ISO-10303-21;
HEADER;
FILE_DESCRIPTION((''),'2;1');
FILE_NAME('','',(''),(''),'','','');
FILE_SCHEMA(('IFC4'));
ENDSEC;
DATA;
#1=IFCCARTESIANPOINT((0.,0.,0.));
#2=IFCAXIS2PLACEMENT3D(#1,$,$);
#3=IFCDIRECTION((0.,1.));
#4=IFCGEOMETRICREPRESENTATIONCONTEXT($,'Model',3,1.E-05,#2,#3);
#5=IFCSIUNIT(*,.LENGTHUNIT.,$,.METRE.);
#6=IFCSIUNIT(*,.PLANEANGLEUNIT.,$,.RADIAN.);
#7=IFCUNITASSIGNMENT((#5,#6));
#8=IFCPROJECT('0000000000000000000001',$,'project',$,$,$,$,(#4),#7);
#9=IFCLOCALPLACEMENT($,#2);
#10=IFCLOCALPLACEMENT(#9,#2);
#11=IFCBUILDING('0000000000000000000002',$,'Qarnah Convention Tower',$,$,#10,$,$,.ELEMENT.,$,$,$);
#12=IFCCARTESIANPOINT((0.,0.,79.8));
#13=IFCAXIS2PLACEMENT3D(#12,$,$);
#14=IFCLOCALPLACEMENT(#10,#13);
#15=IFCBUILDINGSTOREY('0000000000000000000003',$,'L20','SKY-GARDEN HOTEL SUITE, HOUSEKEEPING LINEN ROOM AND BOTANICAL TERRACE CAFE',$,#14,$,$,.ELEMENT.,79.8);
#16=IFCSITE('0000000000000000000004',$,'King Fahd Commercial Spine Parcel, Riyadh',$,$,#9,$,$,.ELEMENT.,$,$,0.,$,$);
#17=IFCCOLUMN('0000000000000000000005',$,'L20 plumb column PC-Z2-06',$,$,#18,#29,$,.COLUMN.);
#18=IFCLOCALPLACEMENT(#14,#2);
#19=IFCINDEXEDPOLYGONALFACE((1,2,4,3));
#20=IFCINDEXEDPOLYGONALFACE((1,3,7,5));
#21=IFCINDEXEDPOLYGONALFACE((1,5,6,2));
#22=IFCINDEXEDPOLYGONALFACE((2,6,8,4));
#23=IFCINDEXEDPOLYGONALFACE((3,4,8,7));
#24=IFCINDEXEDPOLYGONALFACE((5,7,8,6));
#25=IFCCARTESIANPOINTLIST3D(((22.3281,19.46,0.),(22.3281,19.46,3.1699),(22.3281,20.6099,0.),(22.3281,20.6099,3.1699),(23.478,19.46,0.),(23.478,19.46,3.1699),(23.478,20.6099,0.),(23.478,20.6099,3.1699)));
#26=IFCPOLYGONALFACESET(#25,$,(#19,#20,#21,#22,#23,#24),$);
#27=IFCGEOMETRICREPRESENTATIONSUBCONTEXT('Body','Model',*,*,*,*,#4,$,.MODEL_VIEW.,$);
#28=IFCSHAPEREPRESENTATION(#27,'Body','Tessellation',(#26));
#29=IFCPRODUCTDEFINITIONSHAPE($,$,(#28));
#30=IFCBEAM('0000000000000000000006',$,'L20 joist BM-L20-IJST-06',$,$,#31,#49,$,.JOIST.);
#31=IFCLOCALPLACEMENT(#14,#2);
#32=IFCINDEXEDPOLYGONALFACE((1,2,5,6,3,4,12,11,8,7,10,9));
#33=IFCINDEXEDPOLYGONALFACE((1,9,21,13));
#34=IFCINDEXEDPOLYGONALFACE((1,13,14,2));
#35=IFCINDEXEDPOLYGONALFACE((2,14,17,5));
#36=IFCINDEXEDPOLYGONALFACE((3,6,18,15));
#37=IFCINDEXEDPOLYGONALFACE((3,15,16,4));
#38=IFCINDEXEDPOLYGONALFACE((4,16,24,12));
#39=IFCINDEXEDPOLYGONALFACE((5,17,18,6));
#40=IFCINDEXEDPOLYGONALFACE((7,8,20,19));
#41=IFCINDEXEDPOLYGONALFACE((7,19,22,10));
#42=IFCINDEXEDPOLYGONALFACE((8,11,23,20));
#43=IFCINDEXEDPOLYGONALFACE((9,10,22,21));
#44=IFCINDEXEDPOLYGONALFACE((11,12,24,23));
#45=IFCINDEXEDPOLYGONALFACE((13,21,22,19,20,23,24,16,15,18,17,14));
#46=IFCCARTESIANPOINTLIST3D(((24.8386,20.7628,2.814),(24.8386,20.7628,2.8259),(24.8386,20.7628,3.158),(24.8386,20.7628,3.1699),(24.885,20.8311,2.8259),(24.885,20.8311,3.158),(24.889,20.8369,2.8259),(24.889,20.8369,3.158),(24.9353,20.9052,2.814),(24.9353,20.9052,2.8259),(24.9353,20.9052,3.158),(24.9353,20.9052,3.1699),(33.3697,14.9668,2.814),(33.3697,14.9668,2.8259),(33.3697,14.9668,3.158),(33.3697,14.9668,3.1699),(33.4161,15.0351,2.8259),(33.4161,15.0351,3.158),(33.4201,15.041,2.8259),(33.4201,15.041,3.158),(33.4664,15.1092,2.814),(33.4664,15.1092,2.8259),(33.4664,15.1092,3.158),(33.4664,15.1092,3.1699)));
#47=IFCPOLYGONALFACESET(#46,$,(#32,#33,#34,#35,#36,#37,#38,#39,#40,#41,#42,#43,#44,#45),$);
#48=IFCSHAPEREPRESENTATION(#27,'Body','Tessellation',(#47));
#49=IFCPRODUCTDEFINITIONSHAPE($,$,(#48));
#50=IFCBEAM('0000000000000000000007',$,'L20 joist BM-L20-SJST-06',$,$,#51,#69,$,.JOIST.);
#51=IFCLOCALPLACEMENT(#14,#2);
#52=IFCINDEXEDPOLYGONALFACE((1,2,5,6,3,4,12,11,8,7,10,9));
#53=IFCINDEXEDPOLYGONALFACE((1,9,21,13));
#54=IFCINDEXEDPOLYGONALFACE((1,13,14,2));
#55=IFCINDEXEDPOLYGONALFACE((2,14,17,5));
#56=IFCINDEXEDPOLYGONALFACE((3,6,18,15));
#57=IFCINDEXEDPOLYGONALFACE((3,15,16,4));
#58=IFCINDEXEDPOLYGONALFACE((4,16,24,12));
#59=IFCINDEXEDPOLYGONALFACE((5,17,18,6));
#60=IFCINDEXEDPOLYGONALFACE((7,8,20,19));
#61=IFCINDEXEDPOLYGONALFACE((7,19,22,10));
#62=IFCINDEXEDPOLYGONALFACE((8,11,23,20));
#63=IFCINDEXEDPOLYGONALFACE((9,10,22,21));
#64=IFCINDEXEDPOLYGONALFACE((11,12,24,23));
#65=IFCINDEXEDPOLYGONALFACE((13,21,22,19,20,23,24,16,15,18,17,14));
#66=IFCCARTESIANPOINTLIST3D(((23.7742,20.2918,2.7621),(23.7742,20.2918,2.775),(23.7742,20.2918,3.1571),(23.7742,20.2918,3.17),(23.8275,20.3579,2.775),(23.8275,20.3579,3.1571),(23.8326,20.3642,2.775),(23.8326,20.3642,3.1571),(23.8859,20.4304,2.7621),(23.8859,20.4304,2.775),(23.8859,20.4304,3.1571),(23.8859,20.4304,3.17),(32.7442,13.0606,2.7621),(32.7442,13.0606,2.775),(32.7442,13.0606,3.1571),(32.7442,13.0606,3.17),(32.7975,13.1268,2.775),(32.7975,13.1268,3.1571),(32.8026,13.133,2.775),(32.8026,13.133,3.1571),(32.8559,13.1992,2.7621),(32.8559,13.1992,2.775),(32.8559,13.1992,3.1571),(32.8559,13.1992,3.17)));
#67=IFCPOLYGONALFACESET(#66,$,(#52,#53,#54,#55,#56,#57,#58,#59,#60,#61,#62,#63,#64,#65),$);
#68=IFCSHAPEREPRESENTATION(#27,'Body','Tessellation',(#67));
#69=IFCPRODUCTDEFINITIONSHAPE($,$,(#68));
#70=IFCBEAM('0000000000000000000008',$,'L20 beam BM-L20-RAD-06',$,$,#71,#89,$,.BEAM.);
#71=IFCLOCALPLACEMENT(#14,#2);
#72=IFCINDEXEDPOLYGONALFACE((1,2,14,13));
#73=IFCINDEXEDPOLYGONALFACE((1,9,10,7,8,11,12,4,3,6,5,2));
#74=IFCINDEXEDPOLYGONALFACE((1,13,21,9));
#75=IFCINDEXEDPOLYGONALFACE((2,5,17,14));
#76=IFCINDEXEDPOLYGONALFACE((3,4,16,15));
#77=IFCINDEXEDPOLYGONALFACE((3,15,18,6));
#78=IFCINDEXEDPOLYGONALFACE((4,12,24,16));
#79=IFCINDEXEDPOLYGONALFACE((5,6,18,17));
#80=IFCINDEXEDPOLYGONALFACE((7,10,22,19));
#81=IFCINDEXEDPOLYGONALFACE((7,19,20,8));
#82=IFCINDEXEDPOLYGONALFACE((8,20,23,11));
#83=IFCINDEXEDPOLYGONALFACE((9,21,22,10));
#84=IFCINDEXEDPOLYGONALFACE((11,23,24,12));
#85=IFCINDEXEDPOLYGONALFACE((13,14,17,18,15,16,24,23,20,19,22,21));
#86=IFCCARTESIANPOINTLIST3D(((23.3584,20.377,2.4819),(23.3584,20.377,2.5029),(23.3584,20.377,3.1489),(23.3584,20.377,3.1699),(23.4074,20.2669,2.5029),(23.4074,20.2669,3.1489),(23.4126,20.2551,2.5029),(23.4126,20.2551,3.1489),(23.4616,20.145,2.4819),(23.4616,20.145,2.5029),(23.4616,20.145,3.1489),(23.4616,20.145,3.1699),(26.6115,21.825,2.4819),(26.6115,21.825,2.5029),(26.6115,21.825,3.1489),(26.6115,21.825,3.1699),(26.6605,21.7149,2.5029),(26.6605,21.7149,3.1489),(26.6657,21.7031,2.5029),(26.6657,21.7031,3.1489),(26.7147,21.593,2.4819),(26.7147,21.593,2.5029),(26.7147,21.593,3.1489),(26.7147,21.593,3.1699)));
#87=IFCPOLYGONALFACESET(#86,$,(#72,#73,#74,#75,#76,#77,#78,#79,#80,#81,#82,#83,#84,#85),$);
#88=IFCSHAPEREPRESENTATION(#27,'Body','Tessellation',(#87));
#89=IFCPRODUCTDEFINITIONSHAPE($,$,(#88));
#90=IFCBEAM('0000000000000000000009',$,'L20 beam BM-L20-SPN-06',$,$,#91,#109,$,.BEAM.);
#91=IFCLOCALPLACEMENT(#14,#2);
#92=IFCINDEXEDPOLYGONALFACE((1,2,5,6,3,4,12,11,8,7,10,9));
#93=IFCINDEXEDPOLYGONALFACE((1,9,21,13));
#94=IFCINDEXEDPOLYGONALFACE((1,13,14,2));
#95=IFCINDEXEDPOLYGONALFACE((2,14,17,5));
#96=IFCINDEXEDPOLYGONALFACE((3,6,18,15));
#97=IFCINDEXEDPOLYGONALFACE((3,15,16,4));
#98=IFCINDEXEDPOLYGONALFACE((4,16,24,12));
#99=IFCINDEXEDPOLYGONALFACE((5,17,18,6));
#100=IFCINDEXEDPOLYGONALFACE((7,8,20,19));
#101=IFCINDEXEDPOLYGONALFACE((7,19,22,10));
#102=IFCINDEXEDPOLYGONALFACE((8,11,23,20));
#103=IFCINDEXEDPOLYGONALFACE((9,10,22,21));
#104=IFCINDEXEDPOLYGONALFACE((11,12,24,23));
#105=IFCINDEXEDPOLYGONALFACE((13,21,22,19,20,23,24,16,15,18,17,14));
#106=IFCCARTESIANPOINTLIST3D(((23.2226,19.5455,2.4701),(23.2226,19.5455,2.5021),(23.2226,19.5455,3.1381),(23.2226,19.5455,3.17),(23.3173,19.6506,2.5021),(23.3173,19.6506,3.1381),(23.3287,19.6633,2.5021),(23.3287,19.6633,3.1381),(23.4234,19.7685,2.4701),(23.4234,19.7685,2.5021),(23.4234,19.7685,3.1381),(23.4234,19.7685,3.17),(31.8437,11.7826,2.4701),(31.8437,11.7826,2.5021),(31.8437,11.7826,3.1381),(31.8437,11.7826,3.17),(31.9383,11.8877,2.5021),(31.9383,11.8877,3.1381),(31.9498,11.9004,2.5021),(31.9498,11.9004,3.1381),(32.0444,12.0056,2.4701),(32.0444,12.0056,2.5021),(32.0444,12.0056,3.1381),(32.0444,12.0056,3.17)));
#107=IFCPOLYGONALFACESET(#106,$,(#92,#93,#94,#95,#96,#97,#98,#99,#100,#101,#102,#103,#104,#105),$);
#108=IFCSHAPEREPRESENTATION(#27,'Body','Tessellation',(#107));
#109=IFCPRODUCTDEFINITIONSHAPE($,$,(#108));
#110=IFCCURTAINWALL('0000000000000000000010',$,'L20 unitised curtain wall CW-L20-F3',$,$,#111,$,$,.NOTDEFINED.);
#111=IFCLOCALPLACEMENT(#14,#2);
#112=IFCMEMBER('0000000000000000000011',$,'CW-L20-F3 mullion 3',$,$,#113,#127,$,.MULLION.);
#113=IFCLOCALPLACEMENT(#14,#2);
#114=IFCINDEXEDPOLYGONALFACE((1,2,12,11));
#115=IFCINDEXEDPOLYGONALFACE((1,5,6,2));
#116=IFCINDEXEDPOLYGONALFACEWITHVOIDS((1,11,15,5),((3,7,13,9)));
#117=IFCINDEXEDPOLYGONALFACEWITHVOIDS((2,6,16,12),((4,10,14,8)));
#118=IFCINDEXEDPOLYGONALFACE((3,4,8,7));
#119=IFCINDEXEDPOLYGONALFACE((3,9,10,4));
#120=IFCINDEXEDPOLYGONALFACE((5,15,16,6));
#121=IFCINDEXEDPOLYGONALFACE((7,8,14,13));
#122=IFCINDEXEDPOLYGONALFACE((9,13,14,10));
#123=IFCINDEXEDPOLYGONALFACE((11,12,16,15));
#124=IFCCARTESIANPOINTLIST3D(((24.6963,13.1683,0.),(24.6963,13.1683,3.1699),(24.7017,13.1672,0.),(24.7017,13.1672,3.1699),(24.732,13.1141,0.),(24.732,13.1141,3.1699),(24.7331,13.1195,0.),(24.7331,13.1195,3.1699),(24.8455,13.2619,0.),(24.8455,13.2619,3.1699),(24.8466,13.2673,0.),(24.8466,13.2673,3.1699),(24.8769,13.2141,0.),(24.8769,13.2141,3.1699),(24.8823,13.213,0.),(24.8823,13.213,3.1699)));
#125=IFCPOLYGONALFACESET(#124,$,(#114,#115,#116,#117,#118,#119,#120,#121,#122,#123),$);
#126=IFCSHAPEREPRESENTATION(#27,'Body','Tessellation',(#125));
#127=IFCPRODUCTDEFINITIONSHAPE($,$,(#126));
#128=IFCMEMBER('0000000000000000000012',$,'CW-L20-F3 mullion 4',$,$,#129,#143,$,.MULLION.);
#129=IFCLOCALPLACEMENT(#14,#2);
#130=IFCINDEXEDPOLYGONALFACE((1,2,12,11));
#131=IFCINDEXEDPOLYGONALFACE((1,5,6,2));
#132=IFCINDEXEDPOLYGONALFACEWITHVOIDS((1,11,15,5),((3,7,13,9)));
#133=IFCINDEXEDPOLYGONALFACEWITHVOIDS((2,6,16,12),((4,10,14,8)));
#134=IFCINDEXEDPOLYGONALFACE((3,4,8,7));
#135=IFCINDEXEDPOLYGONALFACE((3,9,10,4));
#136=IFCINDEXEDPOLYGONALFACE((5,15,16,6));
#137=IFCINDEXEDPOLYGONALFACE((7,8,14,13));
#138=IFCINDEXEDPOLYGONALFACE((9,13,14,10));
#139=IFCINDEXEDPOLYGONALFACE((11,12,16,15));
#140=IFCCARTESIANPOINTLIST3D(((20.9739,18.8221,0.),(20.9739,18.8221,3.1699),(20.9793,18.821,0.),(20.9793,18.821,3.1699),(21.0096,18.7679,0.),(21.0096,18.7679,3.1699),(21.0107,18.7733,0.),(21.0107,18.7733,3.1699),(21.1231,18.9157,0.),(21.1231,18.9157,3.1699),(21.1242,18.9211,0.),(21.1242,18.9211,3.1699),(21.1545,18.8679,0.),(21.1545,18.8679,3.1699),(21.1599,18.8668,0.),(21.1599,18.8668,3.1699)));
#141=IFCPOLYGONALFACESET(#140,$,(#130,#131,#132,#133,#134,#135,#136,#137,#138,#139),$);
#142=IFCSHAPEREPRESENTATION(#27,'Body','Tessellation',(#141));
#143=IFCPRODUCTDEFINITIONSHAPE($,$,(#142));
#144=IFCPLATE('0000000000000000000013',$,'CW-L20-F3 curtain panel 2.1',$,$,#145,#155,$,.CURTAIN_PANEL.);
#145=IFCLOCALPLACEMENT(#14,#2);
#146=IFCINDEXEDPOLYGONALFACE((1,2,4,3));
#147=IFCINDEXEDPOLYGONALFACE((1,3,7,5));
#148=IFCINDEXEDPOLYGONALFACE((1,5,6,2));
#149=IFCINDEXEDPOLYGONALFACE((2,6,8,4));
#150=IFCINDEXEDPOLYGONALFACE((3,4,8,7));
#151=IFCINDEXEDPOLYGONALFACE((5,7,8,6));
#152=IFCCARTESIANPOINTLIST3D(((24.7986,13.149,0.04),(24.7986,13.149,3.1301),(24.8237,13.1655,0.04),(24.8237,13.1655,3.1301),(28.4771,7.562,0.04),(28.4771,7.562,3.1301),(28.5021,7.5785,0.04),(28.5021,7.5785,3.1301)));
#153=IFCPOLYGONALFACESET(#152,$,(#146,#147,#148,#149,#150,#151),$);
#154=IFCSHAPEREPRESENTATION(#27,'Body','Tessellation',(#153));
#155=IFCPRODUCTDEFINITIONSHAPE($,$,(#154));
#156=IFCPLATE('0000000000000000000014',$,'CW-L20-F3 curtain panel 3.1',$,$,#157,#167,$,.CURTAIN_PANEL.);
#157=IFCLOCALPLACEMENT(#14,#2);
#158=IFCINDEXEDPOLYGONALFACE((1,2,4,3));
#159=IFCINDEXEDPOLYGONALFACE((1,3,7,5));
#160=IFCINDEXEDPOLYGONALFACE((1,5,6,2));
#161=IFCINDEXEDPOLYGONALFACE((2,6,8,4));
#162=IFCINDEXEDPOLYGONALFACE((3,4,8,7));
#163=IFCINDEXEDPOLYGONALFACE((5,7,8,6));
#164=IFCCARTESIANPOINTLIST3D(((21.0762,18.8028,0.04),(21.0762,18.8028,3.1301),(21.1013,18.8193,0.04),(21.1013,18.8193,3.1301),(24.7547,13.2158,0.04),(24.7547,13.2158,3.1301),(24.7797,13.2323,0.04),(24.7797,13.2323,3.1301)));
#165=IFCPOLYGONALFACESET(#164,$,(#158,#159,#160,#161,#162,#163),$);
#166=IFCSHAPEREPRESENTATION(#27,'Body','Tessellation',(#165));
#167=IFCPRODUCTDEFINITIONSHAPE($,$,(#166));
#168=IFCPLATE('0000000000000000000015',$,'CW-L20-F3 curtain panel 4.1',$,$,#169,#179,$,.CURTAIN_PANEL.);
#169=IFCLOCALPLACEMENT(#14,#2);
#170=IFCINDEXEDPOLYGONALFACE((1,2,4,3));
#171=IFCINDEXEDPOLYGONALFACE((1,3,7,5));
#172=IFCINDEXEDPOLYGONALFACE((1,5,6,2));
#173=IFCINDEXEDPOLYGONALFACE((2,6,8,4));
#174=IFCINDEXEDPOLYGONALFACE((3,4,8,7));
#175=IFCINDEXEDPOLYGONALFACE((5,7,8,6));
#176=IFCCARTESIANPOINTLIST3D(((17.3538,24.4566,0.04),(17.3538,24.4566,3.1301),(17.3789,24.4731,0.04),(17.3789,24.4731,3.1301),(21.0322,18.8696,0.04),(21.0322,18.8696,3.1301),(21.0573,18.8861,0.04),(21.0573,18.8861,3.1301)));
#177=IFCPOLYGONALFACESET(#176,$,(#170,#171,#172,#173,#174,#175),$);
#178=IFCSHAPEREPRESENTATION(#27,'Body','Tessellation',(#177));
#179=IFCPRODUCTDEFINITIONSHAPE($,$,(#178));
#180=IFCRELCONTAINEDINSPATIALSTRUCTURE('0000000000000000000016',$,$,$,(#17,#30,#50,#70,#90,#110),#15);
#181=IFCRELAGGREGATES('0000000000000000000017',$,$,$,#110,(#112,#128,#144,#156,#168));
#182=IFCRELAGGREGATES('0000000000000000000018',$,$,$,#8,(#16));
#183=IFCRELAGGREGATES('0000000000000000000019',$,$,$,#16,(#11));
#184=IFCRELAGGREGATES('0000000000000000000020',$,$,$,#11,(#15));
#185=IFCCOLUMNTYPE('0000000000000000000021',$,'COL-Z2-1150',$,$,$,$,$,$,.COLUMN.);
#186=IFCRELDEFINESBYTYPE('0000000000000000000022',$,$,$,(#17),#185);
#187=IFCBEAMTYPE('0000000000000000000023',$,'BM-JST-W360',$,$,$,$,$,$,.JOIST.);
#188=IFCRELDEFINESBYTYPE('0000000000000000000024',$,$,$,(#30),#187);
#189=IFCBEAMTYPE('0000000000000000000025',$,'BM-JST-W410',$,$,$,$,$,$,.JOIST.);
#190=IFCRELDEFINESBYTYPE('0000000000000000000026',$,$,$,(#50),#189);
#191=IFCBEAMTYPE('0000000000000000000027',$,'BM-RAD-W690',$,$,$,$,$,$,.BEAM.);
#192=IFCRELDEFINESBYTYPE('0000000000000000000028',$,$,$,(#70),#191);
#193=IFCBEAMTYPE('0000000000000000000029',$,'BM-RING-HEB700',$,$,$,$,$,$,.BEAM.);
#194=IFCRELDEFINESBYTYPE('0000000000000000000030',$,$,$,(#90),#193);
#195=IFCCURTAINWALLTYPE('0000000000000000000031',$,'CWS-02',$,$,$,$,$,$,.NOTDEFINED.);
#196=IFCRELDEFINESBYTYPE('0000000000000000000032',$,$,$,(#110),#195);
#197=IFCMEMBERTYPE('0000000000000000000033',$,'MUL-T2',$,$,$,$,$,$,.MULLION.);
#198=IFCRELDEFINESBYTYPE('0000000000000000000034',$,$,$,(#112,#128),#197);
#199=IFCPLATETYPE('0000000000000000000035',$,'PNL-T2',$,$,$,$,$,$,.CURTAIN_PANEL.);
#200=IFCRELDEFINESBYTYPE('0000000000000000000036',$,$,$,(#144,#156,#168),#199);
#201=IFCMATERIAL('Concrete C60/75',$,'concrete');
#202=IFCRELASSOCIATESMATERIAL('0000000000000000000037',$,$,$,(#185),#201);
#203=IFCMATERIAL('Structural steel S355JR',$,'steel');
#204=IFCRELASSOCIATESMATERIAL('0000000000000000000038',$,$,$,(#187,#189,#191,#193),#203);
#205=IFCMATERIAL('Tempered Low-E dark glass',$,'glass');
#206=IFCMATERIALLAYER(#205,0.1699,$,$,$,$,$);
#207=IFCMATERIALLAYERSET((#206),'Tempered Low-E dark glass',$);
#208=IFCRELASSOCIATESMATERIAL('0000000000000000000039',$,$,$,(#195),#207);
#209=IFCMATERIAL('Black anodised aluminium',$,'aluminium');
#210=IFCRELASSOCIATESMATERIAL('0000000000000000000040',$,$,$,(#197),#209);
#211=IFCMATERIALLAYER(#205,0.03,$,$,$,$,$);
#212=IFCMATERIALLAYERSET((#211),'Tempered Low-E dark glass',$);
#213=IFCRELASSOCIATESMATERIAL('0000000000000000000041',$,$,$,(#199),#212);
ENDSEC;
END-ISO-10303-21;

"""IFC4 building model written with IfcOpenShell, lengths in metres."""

from ifc_helpers import new_model, si_unit, direction, frame, origin, origin_2d, place, context, subcontext, project, spatial, rectangle, hollow_rectangle, i_section, extrude, material, layer, layer_set, material_profile, profile_set, type_object, element, aggregate, save


model = new_model("IFC4")

# Units and contexts
model_context = context("Model", 3, precision=1e-05, world=origin(), true_north=direction((0.0, 1.0)))
body_context = subcontext(model_context, "Body", "Model", "MODEL_VIEW")
ifc_project = project(units=[si_unit("LENGTHUNIT", "METRE"), si_unit("PLANEANGLEUNIT", "RADIAN")], contexts=[model_context])

# Site, building, storey
site_placement = place(None, origin())
site = spatial("IfcSite", under=ifc_project, at=site_placement, Name="King Fahd Commercial Spine Parcel, Riyadh", CompositionType="ELEMENT", RefElevation=0.0)
building_placement = place(site_placement, origin())
building = spatial("IfcBuilding", under=site, at=building_placement, Name="Qarnah Convention Tower", CompositionType="ELEMENT")
storey_placement = place(building_placement, frame((0.0, 0.0, 79.8)))
storey = spatial("IfcBuildingStorey", under=building, at=storey_placement, Name="L20", Description="SKY-GARDEN HOTEL SUITE, HOUSEKEEPING LINEN ROOM AND BOTANICAL TERRACE CAFE", CompositionType="ELEMENT", Elevation=79.8)

# Column
ifc_material_1 = material(Name="Concrete C60/75", Category="concrete")
ifc_material_profile_1 = material_profile(ifc_material_1, rectangle(XDim=1.1499, YDim=1.1499, at=origin_2d()), Name="RC-COL-1150X1150")
ifc_profile_set_1 = profile_set([ifc_material_profile_1], Name="Concrete C60/75")
column_type = type_object("IfcColumnType", Name="COL-Z2-1150", PredefinedType="COLUMN", material=ifc_profile_set_1)
column_placement = place(storey_placement, frame((22.9031, 20.0349, 0.0), z_axis=(0.0, 0.0, 1.0), x_axis=(1.0, 0.0, 0.0)))
element("IfcColumn", 1, at=column_placement, inside=storey, type_object=column_type, Name="L20 plumb column PC-Z2-06", PredefinedType="COLUMN", context=body_context, shape_type="SweptSolid", body=[
    extrude(rectangle(XDim=1.1499, YDim=1.1499, at=origin_2d()), origin(), (0.0, 0.0, 1.0), 3.1699),
])

# Beams
ifc_material_2 = material(Name="Structural steel S355JR", Category="steel")
ifc_material_profile_2 = material_profile(ifc_material_2, i_section(OverallWidth=0.1721, OverallDepth=0.356, WebThickness=0.0071, FlangeThickness=0.012, at=origin_2d()), Name="W360X51")
ifc_profile_set_2 = profile_set([ifc_material_profile_2], Name="Structural steel S355JR")
beam_type_1 = type_object("IfcBeamType", Name="BM-JST-W360", PredefinedType="JOIST", material=ifc_profile_set_2)
beam_1_placement = place(storey_placement, frame((24.887, 20.834, 2.9919), z_axis=(0.82716, -0.561966, 0.0), x_axis=(0.561966, 0.82716, 0.0)))
element("IfcBeam", 2, at=beam_1_placement, inside=storey, type_object=beam_type_1, Name="L20 joist BM-L20-IJST-06", PredefinedType="JOIST", context=body_context, shape_type="SweptSolid", body=[
    extrude(i_section(OverallWidth=0.1721, OverallDepth=0.356, WebThickness=0.0071, FlangeThickness=0.012, at=origin_2d()), origin(), (0.0, 0.0, 1.0), 10.3137),
])
ifc_material_profile_3 = material_profile(ifc_material_2, i_section(OverallWidth=0.178, OverallDepth=0.408, WebThickness=0.0081, FlangeThickness=0.0129, at=origin_2d()), Name="W410X60")
ifc_profile_set_3 = profile_set([ifc_material_profile_3], Name="Structural steel S355JR")
beam_type_2 = type_object("IfcBeamType", Name="BM-JST-W410", PredefinedType="JOIST", material=ifc_profile_set_3)
beam_2_placement = place(storey_placement, frame((23.8301, 20.3611, 2.9661), z_axis=(0.778525, -0.627613, 0.0), x_axis=(0.627613, 0.778525, 0.0)))
element("IfcBeam", 3, at=beam_2_placement, inside=storey, type_object=beam_type_2, Name="L20 joist BM-L20-SJST-06", PredefinedType="JOIST", context=body_context, shape_type="SweptSolid", body=[
    extrude(i_section(OverallWidth=0.178, OverallDepth=0.408, WebThickness=0.0081, FlangeThickness=0.0129, at=origin_2d()), origin(), (0.0, 0.0, 1.0), 11.5217),
])
ifc_material_profile_4 = material_profile(ifc_material_2, i_section(OverallWidth=0.2539, OverallDepth=0.688, WebThickness=0.0129, FlangeThickness=0.021, at=origin_2d()), Name="W690X152")
ifc_profile_set_4 = profile_set([ifc_material_profile_4], Name="Structural steel S355JR")
beam_type_3 = type_object("IfcBeamType", Name="BM-RAD-W690", PredefinedType="BEAM", material=ifc_profile_set_4)
beam_3_placement = place(storey_placement, frame((26.6631, 21.709, 2.8259), z_axis=(-0.913588, -0.406641, 0.0), x_axis=(0.406641, -0.913588, 0.0)))
element("IfcBeam", 4, at=beam_3_placement, inside=storey, type_object=beam_type_3, Name="L20 beam BM-L20-RAD-06", PredefinedType="BEAM", context=body_context, shape_type="SweptSolid", body=[
    extrude(i_section(OverallWidth=0.2539, OverallDepth=0.688, WebThickness=0.0129, FlangeThickness=0.021, at=origin_2d()), origin(), (0.0, 0.0, 1.0), 3.5608),
])
ifc_material_profile_5 = material_profile(ifc_material_2, i_section(OverallWidth=0.3, OverallDepth=0.7, WebThickness=0.0171, FlangeThickness=0.032, at=origin_2d()), Name="HEB700")
ifc_profile_set_5 = profile_set([ifc_material_profile_5], Name="Structural steel S355JR")
beam_type_4 = type_object("IfcBeamType", Name="BM-RING-HEB700", PredefinedType="BEAM", material=ifc_profile_set_5)
beam_4_placement = place(storey_placement, frame((23.323, 19.657, 2.8201), z_axis=(0.743125, -0.669153, 0.0), x_axis=(0.669153, 0.743125, 0.0)))
element("IfcBeam", 5, at=beam_4_placement, inside=storey, type_object=beam_type_4, Name="L20 beam BM-L20-SPN-06", PredefinedType="BEAM", context=body_context, shape_type="SweptSolid", body=[
    extrude(i_section(OverallWidth=0.3, OverallDepth=0.7, WebThickness=0.0171, FlangeThickness=0.032, at=origin_2d()), origin(), (0.0, 0.0, 1.0), 11.6011),
])

# Curtain wall, members, plates
ifc_material_3 = material(Name="Tempered Low-E dark glass", Category="glass")
ifc_layer_1 = layer(ifc_material_3, 0.1699)
ifc_layer_set_1 = layer_set([ifc_layer_1], Name="Tempered Low-E dark glass")
curtain_wall_type = type_object("IfcCurtainWallType", Name="CWS-02", PredefinedType="NOTDEFINED", material=ifc_layer_set_1)
curtain_wall_placement = place(storey_placement, origin())
curtain_wall = element("IfcCurtainWall", 6, at=curtain_wall_placement, inside=storey, type_object=curtain_wall_type, Name="L20 unitised curtain wall CW-L20-F3", PredefinedType="NOTDEFINED")
ifc_material_4 = material(Name="Black anodised aluminium", Category="aluminium")
ifc_material_profile_6 = material_profile(ifc_material_4, hollow_rectangle(XDim=0.0649, YDim=0.1799, WallThickness=0.0039, at=origin_2d()), Name="MUL-65X180")
ifc_profile_set_6 = profile_set([ifc_material_profile_6], Name="Black anodised aluminium")
member_type = type_object("IfcMemberType", Name="MUL-T2", PredefinedType="MULLION", material=ifc_profile_set_6)
member_1_placement = place(storey_placement, frame((24.7893, 13.1907, 0.0), z_axis=(0.0, 0.0, 1.0), x_axis=(-0.549905, 0.835227, 0.0)))
member_1 = element("IfcMember", 7, at=member_1_placement, type_object=member_type, Name="CW-L20-F3 mullion 3", PredefinedType="MULLION", context=body_context, shape_type="SweptSolid", body=[
    extrude(hollow_rectangle(XDim=0.0649, YDim=0.1799, WallThickness=0.0039, at=origin_2d()), origin(), (0.0, 0.0, 1.0), 3.1699),
])
member_2_placement = place(storey_placement, frame((21.0669, 18.8445, 0.0), z_axis=(0.0, 0.0, 1.0), x_axis=(-0.549905, 0.835227, 0.0)))
member_2 = element("IfcMember", 8, at=member_2_placement, type_object=member_type, Name="CW-L20-F3 mullion 4", PredefinedType="MULLION", context=body_context, shape_type="SweptSolid", body=[
    extrude(hollow_rectangle(XDim=0.0649, YDim=0.1799, WallThickness=0.0039, at=origin_2d()), origin(), (0.0, 0.0, 1.0), 3.1699),
])
ifc_layer_2 = layer(ifc_material_3, 0.03)
ifc_layer_set_2 = layer_set([ifc_layer_2], Name="Tempered Low-E dark glass")
plate_type = type_object("IfcPlateType", Name="PNL-T2", PredefinedType="CURTAIN_PANEL", material=ifc_layer_set_2)
plate_1_placement = place(storey_placement, frame((26.6504, 10.3638, 0.04), z_axis=(0.0, 0.0, 1.0), x_axis=(-0.549905, 0.835227, 0.0)))
plate_1 = element("IfcPlate", 9, at=plate_1_placement, type_object=plate_type, Name="CW-L20-F3 curtain panel 2.1", PredefinedType="CURTAIN_PANEL", context=body_context, shape_type="SweptSolid", body=[
    extrude(rectangle(XDim=6.6892, YDim=0.03, at=origin_2d()), origin(), (0.0, 0.0, 1.0), 3.0901),
])
plate_2_placement = place(storey_placement, frame((22.928, 16.0176, 0.04), z_axis=(0.0, 0.0, 1.0), x_axis=(-0.549905, 0.835227, 0.0)))
plate_2 = element("IfcPlate", 10, at=plate_2_placement, type_object=plate_type, Name="CW-L20-F3 curtain panel 3.1", PredefinedType="CURTAIN_PANEL", context=body_context, shape_type="SweptSolid", body=[
    extrude(rectangle(XDim=6.6892, YDim=0.03, at=origin_2d()), origin(), (0.0, 0.0, 1.0), 3.0901),
])
plate_3_placement = place(storey_placement, frame((19.2056, 21.6714, 0.04), z_axis=(0.0, 0.0, 1.0), x_axis=(-0.549905, 0.835227, 0.0)))
plate_3 = element("IfcPlate", 11, at=plate_3_placement, type_object=plate_type, Name="CW-L20-F3 curtain panel 4.1", PredefinedType="CURTAIN_PANEL", context=body_context, shape_type="SweptSolid", body=[
    extrude(rectangle(XDim=6.6892, YDim=0.03, at=origin_2d()), origin(), (0.0, 0.0, 1.0), 3.0901),
])
aggregate(curtain_wall, [member_1, member_2, plate_1, plate_2, plate_3])

save(model, "model.ifc")
